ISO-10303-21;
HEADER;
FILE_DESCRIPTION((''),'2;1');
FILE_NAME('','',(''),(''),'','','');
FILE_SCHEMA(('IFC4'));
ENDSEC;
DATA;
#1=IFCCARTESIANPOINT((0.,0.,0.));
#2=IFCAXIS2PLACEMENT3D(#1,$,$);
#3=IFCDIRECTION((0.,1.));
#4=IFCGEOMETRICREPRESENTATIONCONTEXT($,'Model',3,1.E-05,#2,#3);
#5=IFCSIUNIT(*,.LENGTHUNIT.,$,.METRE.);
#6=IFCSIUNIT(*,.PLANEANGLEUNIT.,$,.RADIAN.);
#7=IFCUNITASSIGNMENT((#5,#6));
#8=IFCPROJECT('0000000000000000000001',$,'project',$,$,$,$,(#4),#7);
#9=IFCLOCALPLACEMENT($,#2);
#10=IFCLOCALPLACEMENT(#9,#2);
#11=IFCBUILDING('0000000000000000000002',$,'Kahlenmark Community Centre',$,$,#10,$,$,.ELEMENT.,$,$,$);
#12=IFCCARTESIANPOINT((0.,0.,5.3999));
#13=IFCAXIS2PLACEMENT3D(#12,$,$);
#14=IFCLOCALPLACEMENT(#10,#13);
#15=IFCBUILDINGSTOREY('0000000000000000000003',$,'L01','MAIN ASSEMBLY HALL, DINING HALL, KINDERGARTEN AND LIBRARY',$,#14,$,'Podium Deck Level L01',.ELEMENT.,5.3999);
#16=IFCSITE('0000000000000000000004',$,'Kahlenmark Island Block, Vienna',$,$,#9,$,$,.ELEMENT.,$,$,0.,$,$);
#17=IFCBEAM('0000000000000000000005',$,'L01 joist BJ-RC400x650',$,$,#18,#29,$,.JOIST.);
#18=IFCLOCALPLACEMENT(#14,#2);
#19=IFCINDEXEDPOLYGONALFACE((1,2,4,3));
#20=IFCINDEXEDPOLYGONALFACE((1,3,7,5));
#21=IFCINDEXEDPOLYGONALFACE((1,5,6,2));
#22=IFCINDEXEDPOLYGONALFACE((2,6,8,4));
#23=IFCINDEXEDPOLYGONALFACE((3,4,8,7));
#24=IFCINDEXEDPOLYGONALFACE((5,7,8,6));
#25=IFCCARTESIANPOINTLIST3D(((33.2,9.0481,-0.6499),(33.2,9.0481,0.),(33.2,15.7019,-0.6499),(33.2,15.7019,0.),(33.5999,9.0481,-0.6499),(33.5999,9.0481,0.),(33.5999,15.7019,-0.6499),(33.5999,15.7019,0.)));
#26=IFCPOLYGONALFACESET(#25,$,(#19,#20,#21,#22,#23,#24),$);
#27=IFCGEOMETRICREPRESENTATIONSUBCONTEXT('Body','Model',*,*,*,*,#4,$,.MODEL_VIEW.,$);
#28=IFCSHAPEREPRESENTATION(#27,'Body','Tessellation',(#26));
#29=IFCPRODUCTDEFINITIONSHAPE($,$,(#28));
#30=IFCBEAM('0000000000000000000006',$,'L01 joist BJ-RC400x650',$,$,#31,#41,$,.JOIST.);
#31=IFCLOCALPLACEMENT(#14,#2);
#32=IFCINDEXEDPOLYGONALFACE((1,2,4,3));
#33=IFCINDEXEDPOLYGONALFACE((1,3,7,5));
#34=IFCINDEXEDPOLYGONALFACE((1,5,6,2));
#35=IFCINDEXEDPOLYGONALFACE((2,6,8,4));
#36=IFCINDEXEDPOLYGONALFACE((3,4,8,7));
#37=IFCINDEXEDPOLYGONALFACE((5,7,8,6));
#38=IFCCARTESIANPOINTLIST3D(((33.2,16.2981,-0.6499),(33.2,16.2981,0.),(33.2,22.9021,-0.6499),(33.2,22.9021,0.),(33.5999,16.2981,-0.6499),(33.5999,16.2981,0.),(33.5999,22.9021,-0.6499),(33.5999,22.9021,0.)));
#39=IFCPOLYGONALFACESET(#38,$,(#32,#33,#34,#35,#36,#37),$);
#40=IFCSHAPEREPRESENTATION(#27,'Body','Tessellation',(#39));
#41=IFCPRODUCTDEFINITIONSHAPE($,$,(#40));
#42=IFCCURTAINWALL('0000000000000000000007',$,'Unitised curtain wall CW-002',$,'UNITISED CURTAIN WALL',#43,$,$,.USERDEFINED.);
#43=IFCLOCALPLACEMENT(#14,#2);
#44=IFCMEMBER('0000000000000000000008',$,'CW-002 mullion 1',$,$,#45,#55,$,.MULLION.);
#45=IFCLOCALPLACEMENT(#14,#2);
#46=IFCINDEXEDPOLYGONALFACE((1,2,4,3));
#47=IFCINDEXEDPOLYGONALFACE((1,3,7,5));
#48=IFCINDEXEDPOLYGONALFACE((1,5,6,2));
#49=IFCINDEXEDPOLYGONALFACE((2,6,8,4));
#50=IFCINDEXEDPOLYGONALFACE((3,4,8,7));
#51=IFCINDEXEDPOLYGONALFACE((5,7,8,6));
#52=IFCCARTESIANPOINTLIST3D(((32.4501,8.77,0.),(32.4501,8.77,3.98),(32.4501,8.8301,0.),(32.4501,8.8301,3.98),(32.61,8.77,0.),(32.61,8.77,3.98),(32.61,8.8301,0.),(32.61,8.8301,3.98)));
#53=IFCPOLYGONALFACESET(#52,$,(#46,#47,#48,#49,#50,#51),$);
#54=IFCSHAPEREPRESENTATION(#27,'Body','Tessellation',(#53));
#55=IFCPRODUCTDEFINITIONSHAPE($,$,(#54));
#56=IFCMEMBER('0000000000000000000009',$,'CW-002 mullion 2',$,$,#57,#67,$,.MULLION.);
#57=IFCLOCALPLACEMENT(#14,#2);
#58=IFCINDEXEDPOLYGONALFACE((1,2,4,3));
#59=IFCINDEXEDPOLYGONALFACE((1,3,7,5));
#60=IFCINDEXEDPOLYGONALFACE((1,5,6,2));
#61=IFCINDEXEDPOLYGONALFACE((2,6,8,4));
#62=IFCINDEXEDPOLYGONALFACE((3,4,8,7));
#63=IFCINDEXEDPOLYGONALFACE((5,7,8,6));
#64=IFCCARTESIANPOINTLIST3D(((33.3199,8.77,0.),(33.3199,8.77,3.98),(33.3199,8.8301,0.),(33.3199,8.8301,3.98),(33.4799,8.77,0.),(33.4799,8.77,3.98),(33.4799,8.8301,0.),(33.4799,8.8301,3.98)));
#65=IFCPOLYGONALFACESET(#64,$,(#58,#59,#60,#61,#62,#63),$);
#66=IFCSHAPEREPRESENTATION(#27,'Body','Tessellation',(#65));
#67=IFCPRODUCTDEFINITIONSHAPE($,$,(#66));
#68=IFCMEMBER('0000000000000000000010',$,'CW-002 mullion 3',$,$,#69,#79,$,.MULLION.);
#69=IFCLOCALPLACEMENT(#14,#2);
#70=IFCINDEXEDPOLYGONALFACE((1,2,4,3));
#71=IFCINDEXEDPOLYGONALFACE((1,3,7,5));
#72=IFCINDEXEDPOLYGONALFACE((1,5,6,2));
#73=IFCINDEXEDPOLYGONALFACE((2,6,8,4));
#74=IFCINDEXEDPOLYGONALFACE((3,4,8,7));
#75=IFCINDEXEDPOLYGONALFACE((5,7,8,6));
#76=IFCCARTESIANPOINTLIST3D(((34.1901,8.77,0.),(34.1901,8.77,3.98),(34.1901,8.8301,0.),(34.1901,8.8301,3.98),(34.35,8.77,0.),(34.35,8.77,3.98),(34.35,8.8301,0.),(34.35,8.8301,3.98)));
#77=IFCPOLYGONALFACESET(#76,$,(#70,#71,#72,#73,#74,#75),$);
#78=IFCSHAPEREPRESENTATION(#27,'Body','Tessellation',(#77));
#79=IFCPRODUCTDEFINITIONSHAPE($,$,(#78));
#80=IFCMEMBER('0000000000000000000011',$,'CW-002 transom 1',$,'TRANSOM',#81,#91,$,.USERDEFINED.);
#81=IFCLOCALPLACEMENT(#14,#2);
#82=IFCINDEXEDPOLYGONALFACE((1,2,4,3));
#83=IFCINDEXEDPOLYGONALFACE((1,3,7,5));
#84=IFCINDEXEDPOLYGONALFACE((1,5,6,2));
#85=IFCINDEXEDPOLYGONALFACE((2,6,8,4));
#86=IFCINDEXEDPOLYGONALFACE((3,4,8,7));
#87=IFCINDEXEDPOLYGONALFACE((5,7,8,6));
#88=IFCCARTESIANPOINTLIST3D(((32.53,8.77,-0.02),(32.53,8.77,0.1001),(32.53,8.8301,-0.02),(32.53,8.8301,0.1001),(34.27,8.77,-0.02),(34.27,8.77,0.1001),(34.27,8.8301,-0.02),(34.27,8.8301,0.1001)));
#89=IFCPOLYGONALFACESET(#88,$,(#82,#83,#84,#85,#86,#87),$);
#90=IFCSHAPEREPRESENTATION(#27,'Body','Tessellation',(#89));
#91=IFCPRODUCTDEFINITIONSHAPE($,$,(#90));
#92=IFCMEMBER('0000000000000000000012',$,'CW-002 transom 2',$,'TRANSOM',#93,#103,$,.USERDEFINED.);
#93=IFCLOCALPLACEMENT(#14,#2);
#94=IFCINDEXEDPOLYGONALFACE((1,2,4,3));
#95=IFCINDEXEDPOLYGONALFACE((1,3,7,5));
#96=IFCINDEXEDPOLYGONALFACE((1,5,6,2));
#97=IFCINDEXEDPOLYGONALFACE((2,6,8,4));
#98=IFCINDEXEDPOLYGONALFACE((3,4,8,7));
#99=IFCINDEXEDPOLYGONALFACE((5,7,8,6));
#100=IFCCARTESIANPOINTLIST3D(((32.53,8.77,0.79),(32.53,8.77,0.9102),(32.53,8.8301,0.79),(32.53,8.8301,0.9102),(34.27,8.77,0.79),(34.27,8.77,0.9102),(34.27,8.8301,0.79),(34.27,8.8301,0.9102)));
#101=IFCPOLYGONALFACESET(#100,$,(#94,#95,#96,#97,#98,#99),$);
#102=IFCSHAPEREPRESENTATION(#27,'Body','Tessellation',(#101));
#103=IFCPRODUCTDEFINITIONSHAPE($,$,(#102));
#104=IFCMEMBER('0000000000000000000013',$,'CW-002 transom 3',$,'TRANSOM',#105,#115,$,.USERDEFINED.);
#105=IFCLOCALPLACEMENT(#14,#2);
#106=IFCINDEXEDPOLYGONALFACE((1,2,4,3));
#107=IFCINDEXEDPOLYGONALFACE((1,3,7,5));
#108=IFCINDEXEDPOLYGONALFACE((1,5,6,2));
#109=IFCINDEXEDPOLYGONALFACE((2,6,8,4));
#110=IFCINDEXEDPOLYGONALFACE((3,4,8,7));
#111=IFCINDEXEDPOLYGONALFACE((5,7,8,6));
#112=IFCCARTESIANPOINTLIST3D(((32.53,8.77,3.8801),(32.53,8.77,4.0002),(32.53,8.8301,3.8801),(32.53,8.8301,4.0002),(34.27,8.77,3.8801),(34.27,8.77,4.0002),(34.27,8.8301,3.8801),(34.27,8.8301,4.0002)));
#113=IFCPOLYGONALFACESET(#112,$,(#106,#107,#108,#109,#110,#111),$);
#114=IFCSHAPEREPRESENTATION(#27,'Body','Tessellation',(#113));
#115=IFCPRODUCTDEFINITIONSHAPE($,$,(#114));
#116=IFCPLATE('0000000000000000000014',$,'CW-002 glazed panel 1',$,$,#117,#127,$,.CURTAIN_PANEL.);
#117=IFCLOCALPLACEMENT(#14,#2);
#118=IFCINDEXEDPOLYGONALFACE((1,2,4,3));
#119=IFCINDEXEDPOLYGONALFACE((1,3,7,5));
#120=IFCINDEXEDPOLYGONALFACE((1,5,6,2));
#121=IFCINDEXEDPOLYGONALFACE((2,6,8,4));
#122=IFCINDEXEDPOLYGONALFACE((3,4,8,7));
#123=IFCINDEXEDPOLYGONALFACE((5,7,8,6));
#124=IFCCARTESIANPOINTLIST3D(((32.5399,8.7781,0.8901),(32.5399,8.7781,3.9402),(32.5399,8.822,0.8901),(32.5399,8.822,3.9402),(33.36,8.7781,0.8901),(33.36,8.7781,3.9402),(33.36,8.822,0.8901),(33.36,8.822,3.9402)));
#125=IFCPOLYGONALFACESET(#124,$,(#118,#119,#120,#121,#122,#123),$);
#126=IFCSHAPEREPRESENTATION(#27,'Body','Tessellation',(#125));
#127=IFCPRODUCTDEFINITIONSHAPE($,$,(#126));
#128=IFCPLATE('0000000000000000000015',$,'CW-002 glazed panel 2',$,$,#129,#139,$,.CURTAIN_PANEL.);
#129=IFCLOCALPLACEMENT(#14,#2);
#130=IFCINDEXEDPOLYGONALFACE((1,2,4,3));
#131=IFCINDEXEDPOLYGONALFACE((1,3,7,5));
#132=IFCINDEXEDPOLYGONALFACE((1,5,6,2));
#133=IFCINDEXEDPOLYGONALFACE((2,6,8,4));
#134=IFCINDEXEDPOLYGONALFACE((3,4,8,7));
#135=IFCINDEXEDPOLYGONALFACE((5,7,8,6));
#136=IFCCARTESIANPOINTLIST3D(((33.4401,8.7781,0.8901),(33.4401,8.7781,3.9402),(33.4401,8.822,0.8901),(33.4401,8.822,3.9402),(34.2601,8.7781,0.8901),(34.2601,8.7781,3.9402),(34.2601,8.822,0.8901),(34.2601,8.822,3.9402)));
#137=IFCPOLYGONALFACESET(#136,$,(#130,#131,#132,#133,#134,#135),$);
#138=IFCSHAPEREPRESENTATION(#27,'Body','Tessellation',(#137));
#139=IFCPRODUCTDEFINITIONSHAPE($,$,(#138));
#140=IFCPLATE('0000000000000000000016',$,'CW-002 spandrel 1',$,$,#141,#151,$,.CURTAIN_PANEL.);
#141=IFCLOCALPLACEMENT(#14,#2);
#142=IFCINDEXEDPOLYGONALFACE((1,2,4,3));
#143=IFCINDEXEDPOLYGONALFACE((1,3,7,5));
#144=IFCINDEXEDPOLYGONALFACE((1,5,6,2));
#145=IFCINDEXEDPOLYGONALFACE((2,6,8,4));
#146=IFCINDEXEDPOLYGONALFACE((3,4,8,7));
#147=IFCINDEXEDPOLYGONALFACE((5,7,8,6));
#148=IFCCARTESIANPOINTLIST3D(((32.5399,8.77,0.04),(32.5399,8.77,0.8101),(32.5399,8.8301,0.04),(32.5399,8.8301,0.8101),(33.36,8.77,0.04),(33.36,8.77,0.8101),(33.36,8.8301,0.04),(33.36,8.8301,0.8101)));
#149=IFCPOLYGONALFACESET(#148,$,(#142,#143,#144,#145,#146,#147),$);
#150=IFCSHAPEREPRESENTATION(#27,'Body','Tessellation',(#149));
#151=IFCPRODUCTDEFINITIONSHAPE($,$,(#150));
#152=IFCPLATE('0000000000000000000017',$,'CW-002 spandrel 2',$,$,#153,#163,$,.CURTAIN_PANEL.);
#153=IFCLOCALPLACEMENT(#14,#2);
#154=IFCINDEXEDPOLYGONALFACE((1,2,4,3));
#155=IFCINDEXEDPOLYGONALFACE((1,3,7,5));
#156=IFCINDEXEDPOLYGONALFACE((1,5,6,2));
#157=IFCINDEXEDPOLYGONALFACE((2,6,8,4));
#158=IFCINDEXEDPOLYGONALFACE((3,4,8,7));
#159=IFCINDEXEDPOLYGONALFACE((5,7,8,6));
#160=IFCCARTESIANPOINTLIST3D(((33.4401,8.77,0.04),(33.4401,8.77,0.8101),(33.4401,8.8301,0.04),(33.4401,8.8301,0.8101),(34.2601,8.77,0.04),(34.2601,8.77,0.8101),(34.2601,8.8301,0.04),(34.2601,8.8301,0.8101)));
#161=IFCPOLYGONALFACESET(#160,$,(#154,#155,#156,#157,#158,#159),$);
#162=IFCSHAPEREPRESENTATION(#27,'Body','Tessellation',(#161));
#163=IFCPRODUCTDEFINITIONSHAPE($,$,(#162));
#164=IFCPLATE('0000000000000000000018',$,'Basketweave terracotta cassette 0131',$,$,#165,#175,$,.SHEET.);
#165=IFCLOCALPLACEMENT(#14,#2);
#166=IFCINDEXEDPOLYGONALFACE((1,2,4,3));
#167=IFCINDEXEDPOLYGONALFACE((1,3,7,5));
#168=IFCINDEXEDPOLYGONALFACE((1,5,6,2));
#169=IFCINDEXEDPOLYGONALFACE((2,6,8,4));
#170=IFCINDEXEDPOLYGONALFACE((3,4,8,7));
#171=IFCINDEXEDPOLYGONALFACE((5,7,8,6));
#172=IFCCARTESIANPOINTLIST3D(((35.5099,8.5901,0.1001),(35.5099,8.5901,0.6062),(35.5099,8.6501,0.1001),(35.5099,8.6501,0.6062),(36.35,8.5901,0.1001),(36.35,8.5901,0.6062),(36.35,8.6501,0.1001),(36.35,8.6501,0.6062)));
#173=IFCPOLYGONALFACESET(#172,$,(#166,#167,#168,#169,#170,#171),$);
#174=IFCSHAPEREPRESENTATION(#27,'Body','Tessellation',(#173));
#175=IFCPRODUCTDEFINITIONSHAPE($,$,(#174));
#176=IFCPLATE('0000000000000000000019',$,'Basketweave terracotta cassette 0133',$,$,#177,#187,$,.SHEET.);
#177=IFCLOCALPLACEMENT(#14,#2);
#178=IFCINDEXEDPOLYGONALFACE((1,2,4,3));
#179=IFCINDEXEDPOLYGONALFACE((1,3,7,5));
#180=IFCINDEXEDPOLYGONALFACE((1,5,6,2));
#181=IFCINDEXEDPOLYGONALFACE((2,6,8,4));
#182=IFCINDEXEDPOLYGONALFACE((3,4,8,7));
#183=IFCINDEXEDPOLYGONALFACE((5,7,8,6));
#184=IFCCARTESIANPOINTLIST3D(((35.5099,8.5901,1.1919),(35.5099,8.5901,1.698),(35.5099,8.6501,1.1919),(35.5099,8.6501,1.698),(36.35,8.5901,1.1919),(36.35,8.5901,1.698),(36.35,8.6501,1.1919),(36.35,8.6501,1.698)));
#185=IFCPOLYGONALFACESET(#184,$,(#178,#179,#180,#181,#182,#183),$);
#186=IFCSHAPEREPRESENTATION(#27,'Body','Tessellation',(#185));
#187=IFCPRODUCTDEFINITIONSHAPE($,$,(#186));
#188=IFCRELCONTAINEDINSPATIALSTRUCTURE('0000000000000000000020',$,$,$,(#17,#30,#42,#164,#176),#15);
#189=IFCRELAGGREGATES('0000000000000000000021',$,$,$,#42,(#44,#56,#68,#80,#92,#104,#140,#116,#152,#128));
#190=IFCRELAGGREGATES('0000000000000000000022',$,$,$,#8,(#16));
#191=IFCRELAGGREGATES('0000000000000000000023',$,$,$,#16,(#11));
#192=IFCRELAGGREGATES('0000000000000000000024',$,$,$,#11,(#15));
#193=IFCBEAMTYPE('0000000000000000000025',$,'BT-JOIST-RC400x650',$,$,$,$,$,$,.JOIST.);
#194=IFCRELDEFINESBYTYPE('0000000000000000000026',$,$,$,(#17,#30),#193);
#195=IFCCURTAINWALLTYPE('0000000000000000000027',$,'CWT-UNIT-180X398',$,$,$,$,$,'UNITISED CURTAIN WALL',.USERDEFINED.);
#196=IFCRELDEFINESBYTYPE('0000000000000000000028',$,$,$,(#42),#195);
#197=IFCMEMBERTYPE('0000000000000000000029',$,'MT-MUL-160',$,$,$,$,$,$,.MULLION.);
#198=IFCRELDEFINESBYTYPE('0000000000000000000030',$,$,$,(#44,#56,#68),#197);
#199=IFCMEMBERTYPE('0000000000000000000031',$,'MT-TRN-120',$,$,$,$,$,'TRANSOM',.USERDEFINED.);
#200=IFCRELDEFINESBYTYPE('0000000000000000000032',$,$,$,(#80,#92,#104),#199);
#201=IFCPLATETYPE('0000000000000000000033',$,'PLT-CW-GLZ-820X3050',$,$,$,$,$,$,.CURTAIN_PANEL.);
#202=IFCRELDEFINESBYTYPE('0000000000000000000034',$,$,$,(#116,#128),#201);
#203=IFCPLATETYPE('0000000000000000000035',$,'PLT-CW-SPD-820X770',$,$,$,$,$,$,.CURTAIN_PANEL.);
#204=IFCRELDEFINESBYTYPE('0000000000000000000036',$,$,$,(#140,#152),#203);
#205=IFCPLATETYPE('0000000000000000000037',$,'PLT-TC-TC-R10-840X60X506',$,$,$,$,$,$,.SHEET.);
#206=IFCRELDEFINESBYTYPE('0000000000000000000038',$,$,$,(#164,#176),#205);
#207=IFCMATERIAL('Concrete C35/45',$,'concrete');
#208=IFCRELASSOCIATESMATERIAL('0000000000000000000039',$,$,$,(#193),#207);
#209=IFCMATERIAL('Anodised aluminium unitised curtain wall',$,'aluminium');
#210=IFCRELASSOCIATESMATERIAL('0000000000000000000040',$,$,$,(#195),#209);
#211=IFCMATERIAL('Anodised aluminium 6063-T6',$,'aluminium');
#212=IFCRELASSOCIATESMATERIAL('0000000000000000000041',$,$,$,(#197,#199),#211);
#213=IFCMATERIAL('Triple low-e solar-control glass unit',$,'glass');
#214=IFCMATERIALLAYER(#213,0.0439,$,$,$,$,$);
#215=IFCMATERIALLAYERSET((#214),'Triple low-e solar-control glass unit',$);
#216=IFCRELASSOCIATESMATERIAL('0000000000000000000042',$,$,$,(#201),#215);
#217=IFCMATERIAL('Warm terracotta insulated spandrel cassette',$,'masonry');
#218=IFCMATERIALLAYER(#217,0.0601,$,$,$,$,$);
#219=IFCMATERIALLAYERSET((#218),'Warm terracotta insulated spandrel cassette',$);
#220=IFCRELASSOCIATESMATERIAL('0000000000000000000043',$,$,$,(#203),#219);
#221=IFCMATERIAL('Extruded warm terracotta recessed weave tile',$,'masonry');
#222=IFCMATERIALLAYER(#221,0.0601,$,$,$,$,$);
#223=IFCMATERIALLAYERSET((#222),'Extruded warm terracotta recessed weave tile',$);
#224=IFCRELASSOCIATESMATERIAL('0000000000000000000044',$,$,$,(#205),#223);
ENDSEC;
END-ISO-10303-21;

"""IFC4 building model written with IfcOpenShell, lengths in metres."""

from ifc_helpers import new_model, si_unit, direction, frame, origin, origin_2d, place, context, subcontext, project, spatial, rectangle, extrude, material, layer, layer_set, material_profile, profile_set, type_object, element, aggregate, save


model = new_model("IFC4")

# Units and contexts
model_context = context("Model", 3, precision=1e-05, world=origin(), true_north=direction((0.0, 1.0)))
body_context = subcontext(model_context, "Body", "Model", "MODEL_VIEW")
ifc_project = project(units=[si_unit("LENGTHUNIT", "METRE"), si_unit("PLANEANGLEUNIT", "RADIAN")], contexts=[model_context])

# Site, building, storey
site_placement = place(None, origin())
site = spatial("IfcSite", under=ifc_project, at=site_placement, Name="Kahlenmark Island Block, Vienna", CompositionType="ELEMENT", RefElevation=0.0)
building_placement = place(site_placement, origin())
building = spatial("IfcBuilding", under=site, at=building_placement, Name="Kahlenmark Community Centre", CompositionType="ELEMENT")
storey_placement = place(building_placement, frame((0.0, 0.0, 5.3999)))
storey = spatial("IfcBuildingStorey", under=building, at=storey_placement, Name="L01", Description="MAIN ASSEMBLY HALL, DINING HALL, KINDERGARTEN AND LIBRARY", LongName="Podium Deck Level L01", CompositionType="ELEMENT", Elevation=5.3999)

# Beams
ifc_material_1 = material(Name="Concrete C35/45", Category="concrete")
ifc_material_profile_1 = material_profile(ifc_material_1, rectangle(XDim=0.3999, YDim=0.6499, at=origin_2d()), Name="RC 400x650")
ifc_profile_set_1 = profile_set([ifc_material_profile_1], Name="Concrete C35/45")
beam_type = type_object("IfcBeamType", Name="BT-JOIST-RC400x650", PredefinedType="JOIST", material=ifc_profile_set_1)
beam_1_placement = place(storey_placement, frame((33.3999, 9.0481, -0.325), z_axis=(0.0, 1.0, 0.0), x_axis=(-1.0, 0.0, 0.0)))
element("IfcBeam", 1, at=beam_1_placement, inside=storey, type_object=beam_type, Name="L01 joist BJ-RC400x650", PredefinedType="JOIST", context=body_context, shape_type="SweptSolid", body=[
    extrude(rectangle(XDim=0.3999, YDim=0.6499, at=origin_2d()), origin(), (0.0, 0.0, 1.0), 6.6538),
])
beam_2_placement = place(storey_placement, frame((33.3999, 16.2981, -0.325), z_axis=(0.0, 1.0, 0.0), x_axis=(-1.0, 0.0, 0.0)))
element("IfcBeam", 2, at=beam_2_placement, inside=storey, type_object=beam_type, Name="L01 joist BJ-RC400x650", PredefinedType="JOIST", context=body_context, shape_type="SweptSolid", body=[
    extrude(rectangle(XDim=0.3999, YDim=0.6499, at=origin_2d()), origin(), (0.0, 0.0, 1.0), 6.604),
])

# Curtain wall, members, plates
ifc_material_2 = material(Name="Anodised aluminium unitised curtain wall", Category="aluminium")
curtain_wall_type = type_object("IfcCurtainWallType", Name="CWT-UNIT-180X398", ElementType="UNITISED CURTAIN WALL", PredefinedType="USERDEFINED", material=ifc_material_2)
curtain_wall_placement = place(storey_placement, origin())
curtain_wall = element("IfcCurtainWall", 3, at=curtain_wall_placement, inside=storey, type_object=curtain_wall_type, Name="Unitised curtain wall CW-002", ObjectType="UNITISED CURTAIN WALL", PredefinedType="USERDEFINED")
ifc_material_3 = material(Name="Anodised aluminium 6063-T6", Category="aluminium")
ifc_material_profile_2 = material_profile(ifc_material_3, rectangle(XDim=0.0601, YDim=0.1599, at=origin_2d()), Name="ALU MULLION 60x160")
ifc_profile_set_2 = profile_set([ifc_material_profile_2], Name="Anodised aluminium 6063-T6")
member_type_1 = type_object("IfcMemberType", Name="MT-MUL-160", PredefinedType="MULLION", material=ifc_profile_set_2)
member_1_placement = place(storey_placement, frame((32.53, 8.8, 0.0), z_axis=(0.0, 0.0, 1.0), x_axis=(0.0, 1.0, 0.0)))
member_1 = element("IfcMember", 4, at=member_1_placement, type_object=member_type_1, Name="CW-002 mullion 1", PredefinedType="MULLION", context=body_context, shape_type="SweptSolid", body=[
    extrude(rectangle(XDim=0.0601, YDim=0.1599, at=origin_2d()), origin(), (0.0, 0.0, 1.0), 3.98),
])
member_2_placement = place(storey_placement, frame((33.3999, 8.8, 0.0), z_axis=(0.0, 0.0, 1.0), x_axis=(0.0, 1.0, 0.0)))
member_2 = element("IfcMember", 5, at=member_2_placement, type_object=member_type_1, Name="CW-002 mullion 2", PredefinedType="MULLION", context=body_context, shape_type="SweptSolid", body=[
    extrude(rectangle(XDim=0.0601, YDim=0.1599, at=origin_2d()), origin(), (0.0, 0.0, 1.0), 3.98),
])
member_3_placement = place(storey_placement, frame((34.27, 8.8, 0.0), z_axis=(0.0, 0.0, 1.0), x_axis=(0.0, 1.0, 0.0)))
member_3 = element("IfcMember", 6, at=member_3_placement, type_object=member_type_1, Name="CW-002 mullion 3", PredefinedType="MULLION", context=body_context, shape_type="SweptSolid", body=[
    extrude(rectangle(XDim=0.0601, YDim=0.1599, at=origin_2d()), origin(), (0.0, 0.0, 1.0), 3.98),
])
ifc_material_profile_3 = material_profile(ifc_material_3, rectangle(XDim=0.0601, YDim=0.1201, at=origin_2d()), Name="ALU TRANSOM 60x120")
ifc_profile_set_3 = profile_set([ifc_material_profile_3], Name="Anodised aluminium 6063-T6")
member_type_2 = type_object("IfcMemberType", Name="MT-TRN-120", ElementType="TRANSOM", PredefinedType="USERDEFINED", material=ifc_profile_set_3)
member_4_placement = place(storey_placement, frame((32.53, 8.8, 0.04), z_axis=(1.0, 0.0, 0.0), x_axis=(0.0, 1.0, 0.0)))
member_4 = element("IfcMember", 7, at=member_4_placement, type_object=member_type_2, Name="CW-002 transom 1", ObjectType="TRANSOM", PredefinedType="USERDEFINED", context=body_context, shape_type="SweptSolid", body=[
    extrude(rectangle(XDim=0.0601, YDim=0.1201, at=origin_2d()), origin(), (0.0, 0.0, 1.0), 1.74),
])
member_5_placement = place(storey_placement, frame((32.53, 8.8, 0.8501), z_axis=(1.0, 0.0, 0.0), x_axis=(0.0, 1.0, 0.0)))
member_5 = element("IfcMember", 8, at=member_5_placement, type_object=member_type_2, Name="CW-002 transom 2", ObjectType="TRANSOM", PredefinedType="USERDEFINED", context=body_context, shape_type="SweptSolid", body=[
    extrude(rectangle(XDim=0.0601, YDim=0.1201, at=origin_2d()), origin(), (0.0, 0.0, 1.0), 1.74),
])
member_6_placement = place(storey_placement, frame((32.53, 8.8, 3.9402), z_axis=(1.0, 0.0, 0.0), x_axis=(0.0, 1.0, 0.0)))
member_6 = element("IfcMember", 9, at=member_6_placement, type_object=member_type_2, Name="CW-002 transom 3", ObjectType="TRANSOM", PredefinedType="USERDEFINED", context=body_context, shape_type="SweptSolid", body=[
    extrude(rectangle(XDim=0.0601, YDim=0.1201, at=origin_2d()), origin(), (0.0, 0.0, 1.0), 1.74),
])
ifc_material_4 = material(Name="Triple low-e solar-control glass unit", Category="glass")
ifc_layer_1 = layer(ifc_material_4, 0.0439)
ifc_layer_set_1 = layer_set([ifc_layer_1], Name="Triple low-e solar-control glass unit")
plate_type_1 = type_object("IfcPlateType", Name="PLT-CW-GLZ-820X3050", PredefinedType="CURTAIN_PANEL", material=ifc_layer_set_1)
plate_1_placement = place(storey_placement, frame((32.95, 8.8, 0.8901), z_axis=(0.0, 0.0, 1.0), x_axis=(1.0, 0.0, 0.0)))
plate_1 = element("IfcPlate", 10, at=plate_1_placement, type_object=plate_type_1, Name="CW-002 glazed panel 1", PredefinedType="CURTAIN_PANEL", context=body_context, shape_type="SweptSolid", body=[
    extrude(rectangle(XDim=0.8201, YDim=0.0439, at=origin_2d()), origin(), (0.0, 0.0, 1.0), 3.05),
])
plate_2_placement = place(storey_placement, frame((33.8501, 8.8, 0.8901), z_axis=(0.0, 0.0, 1.0), x_axis=(1.0, 0.0, 0.0)))
plate_2 = element("IfcPlate", 11, at=plate_2_placement, type_object=plate_type_1, Name="CW-002 glazed panel 2", PredefinedType="CURTAIN_PANEL", context=body_context, shape_type="SweptSolid", body=[
    extrude(rectangle(XDim=0.8201, YDim=0.0439, at=origin_2d()), origin(), (0.0, 0.0, 1.0), 3.05),
])
ifc_material_5 = material(Name="Warm terracotta insulated spandrel cassette", Category="masonry")
ifc_layer_2 = layer(ifc_material_5, 0.0601)
ifc_layer_set_2 = layer_set([ifc_layer_2], Name="Warm terracotta insulated spandrel cassette")
plate_type_2 = type_object("IfcPlateType", Name="PLT-CW-SPD-820X770", PredefinedType="CURTAIN_PANEL", material=ifc_layer_set_2)
plate_3_placement = place(storey_placement, frame((32.95, 8.8, 0.04), z_axis=(0.0, 0.0, 1.0), x_axis=(1.0, 0.0, 0.0)))
plate_3 = element("IfcPlate", 12, at=plate_3_placement, type_object=plate_type_2, Name="CW-002 spandrel 1", PredefinedType="CURTAIN_PANEL", context=body_context, shape_type="SweptSolid", body=[
    extrude(rectangle(XDim=0.8201, YDim=0.0601, at=origin_2d()), origin(), (0.0, 0.0, 1.0), 0.77),
])
plate_4_placement = place(storey_placement, frame((33.8501, 8.8, 0.04), z_axis=(0.0, 0.0, 1.0), x_axis=(1.0, 0.0, 0.0)))
plate_4 = element("IfcPlate", 13, at=plate_4_placement, type_object=plate_type_2, Name="CW-002 spandrel 2", PredefinedType="CURTAIN_PANEL", context=body_context, shape_type="SweptSolid", body=[
    extrude(rectangle(XDim=0.8201, YDim=0.0601, at=origin_2d()), origin(), (0.0, 0.0, 1.0), 0.77),
])
aggregate(curtain_wall, [member_1, member_2, member_3, member_4, member_5, member_6, plate_3, plate_1, plate_4, plate_2])

# Plates
ifc_material_6 = material(Name="Extruded warm terracotta recessed weave tile", Category="masonry")
ifc_layer_3 = layer(ifc_material_6, 0.0601)
ifc_layer_set_3 = layer_set([ifc_layer_3], Name="Extruded warm terracotta recessed weave tile")
plate_type_3 = type_object("IfcPlateType", Name="PLT-TC-TC-R10-840X60X506", PredefinedType="SHEET", material=ifc_layer_set_3)
for number, where, z_axis, x_axis, name in (
    (14, (35.9299, 8.6201, 0.1001), (0.0, 0.0, 1.0), (1.0, 0.0, 0.0), "Basketweave terracotta cassette 0131"),
    (15, (35.9299, 8.6201, 1.1919), (0.0, 0.0, 1.0), (1.0, 0.0, 0.0), "Basketweave terracotta cassette 0133"),
):
    element("IfcPlate", number, at=place(storey_placement, frame(where, z_axis=z_axis, x_axis=x_axis)), inside=storey, type_object=plate_type_3, Name=name, PredefinedType="SHEET", context=body_context, shape_type="SweptSolid", body=[
        extrude(rectangle(XDim=0.8401, YDim=0.0601, at=origin_2d()), origin(), (0.0, 0.0, 1.0), 0.5061),
    ])

save(model, "model.ifc")
